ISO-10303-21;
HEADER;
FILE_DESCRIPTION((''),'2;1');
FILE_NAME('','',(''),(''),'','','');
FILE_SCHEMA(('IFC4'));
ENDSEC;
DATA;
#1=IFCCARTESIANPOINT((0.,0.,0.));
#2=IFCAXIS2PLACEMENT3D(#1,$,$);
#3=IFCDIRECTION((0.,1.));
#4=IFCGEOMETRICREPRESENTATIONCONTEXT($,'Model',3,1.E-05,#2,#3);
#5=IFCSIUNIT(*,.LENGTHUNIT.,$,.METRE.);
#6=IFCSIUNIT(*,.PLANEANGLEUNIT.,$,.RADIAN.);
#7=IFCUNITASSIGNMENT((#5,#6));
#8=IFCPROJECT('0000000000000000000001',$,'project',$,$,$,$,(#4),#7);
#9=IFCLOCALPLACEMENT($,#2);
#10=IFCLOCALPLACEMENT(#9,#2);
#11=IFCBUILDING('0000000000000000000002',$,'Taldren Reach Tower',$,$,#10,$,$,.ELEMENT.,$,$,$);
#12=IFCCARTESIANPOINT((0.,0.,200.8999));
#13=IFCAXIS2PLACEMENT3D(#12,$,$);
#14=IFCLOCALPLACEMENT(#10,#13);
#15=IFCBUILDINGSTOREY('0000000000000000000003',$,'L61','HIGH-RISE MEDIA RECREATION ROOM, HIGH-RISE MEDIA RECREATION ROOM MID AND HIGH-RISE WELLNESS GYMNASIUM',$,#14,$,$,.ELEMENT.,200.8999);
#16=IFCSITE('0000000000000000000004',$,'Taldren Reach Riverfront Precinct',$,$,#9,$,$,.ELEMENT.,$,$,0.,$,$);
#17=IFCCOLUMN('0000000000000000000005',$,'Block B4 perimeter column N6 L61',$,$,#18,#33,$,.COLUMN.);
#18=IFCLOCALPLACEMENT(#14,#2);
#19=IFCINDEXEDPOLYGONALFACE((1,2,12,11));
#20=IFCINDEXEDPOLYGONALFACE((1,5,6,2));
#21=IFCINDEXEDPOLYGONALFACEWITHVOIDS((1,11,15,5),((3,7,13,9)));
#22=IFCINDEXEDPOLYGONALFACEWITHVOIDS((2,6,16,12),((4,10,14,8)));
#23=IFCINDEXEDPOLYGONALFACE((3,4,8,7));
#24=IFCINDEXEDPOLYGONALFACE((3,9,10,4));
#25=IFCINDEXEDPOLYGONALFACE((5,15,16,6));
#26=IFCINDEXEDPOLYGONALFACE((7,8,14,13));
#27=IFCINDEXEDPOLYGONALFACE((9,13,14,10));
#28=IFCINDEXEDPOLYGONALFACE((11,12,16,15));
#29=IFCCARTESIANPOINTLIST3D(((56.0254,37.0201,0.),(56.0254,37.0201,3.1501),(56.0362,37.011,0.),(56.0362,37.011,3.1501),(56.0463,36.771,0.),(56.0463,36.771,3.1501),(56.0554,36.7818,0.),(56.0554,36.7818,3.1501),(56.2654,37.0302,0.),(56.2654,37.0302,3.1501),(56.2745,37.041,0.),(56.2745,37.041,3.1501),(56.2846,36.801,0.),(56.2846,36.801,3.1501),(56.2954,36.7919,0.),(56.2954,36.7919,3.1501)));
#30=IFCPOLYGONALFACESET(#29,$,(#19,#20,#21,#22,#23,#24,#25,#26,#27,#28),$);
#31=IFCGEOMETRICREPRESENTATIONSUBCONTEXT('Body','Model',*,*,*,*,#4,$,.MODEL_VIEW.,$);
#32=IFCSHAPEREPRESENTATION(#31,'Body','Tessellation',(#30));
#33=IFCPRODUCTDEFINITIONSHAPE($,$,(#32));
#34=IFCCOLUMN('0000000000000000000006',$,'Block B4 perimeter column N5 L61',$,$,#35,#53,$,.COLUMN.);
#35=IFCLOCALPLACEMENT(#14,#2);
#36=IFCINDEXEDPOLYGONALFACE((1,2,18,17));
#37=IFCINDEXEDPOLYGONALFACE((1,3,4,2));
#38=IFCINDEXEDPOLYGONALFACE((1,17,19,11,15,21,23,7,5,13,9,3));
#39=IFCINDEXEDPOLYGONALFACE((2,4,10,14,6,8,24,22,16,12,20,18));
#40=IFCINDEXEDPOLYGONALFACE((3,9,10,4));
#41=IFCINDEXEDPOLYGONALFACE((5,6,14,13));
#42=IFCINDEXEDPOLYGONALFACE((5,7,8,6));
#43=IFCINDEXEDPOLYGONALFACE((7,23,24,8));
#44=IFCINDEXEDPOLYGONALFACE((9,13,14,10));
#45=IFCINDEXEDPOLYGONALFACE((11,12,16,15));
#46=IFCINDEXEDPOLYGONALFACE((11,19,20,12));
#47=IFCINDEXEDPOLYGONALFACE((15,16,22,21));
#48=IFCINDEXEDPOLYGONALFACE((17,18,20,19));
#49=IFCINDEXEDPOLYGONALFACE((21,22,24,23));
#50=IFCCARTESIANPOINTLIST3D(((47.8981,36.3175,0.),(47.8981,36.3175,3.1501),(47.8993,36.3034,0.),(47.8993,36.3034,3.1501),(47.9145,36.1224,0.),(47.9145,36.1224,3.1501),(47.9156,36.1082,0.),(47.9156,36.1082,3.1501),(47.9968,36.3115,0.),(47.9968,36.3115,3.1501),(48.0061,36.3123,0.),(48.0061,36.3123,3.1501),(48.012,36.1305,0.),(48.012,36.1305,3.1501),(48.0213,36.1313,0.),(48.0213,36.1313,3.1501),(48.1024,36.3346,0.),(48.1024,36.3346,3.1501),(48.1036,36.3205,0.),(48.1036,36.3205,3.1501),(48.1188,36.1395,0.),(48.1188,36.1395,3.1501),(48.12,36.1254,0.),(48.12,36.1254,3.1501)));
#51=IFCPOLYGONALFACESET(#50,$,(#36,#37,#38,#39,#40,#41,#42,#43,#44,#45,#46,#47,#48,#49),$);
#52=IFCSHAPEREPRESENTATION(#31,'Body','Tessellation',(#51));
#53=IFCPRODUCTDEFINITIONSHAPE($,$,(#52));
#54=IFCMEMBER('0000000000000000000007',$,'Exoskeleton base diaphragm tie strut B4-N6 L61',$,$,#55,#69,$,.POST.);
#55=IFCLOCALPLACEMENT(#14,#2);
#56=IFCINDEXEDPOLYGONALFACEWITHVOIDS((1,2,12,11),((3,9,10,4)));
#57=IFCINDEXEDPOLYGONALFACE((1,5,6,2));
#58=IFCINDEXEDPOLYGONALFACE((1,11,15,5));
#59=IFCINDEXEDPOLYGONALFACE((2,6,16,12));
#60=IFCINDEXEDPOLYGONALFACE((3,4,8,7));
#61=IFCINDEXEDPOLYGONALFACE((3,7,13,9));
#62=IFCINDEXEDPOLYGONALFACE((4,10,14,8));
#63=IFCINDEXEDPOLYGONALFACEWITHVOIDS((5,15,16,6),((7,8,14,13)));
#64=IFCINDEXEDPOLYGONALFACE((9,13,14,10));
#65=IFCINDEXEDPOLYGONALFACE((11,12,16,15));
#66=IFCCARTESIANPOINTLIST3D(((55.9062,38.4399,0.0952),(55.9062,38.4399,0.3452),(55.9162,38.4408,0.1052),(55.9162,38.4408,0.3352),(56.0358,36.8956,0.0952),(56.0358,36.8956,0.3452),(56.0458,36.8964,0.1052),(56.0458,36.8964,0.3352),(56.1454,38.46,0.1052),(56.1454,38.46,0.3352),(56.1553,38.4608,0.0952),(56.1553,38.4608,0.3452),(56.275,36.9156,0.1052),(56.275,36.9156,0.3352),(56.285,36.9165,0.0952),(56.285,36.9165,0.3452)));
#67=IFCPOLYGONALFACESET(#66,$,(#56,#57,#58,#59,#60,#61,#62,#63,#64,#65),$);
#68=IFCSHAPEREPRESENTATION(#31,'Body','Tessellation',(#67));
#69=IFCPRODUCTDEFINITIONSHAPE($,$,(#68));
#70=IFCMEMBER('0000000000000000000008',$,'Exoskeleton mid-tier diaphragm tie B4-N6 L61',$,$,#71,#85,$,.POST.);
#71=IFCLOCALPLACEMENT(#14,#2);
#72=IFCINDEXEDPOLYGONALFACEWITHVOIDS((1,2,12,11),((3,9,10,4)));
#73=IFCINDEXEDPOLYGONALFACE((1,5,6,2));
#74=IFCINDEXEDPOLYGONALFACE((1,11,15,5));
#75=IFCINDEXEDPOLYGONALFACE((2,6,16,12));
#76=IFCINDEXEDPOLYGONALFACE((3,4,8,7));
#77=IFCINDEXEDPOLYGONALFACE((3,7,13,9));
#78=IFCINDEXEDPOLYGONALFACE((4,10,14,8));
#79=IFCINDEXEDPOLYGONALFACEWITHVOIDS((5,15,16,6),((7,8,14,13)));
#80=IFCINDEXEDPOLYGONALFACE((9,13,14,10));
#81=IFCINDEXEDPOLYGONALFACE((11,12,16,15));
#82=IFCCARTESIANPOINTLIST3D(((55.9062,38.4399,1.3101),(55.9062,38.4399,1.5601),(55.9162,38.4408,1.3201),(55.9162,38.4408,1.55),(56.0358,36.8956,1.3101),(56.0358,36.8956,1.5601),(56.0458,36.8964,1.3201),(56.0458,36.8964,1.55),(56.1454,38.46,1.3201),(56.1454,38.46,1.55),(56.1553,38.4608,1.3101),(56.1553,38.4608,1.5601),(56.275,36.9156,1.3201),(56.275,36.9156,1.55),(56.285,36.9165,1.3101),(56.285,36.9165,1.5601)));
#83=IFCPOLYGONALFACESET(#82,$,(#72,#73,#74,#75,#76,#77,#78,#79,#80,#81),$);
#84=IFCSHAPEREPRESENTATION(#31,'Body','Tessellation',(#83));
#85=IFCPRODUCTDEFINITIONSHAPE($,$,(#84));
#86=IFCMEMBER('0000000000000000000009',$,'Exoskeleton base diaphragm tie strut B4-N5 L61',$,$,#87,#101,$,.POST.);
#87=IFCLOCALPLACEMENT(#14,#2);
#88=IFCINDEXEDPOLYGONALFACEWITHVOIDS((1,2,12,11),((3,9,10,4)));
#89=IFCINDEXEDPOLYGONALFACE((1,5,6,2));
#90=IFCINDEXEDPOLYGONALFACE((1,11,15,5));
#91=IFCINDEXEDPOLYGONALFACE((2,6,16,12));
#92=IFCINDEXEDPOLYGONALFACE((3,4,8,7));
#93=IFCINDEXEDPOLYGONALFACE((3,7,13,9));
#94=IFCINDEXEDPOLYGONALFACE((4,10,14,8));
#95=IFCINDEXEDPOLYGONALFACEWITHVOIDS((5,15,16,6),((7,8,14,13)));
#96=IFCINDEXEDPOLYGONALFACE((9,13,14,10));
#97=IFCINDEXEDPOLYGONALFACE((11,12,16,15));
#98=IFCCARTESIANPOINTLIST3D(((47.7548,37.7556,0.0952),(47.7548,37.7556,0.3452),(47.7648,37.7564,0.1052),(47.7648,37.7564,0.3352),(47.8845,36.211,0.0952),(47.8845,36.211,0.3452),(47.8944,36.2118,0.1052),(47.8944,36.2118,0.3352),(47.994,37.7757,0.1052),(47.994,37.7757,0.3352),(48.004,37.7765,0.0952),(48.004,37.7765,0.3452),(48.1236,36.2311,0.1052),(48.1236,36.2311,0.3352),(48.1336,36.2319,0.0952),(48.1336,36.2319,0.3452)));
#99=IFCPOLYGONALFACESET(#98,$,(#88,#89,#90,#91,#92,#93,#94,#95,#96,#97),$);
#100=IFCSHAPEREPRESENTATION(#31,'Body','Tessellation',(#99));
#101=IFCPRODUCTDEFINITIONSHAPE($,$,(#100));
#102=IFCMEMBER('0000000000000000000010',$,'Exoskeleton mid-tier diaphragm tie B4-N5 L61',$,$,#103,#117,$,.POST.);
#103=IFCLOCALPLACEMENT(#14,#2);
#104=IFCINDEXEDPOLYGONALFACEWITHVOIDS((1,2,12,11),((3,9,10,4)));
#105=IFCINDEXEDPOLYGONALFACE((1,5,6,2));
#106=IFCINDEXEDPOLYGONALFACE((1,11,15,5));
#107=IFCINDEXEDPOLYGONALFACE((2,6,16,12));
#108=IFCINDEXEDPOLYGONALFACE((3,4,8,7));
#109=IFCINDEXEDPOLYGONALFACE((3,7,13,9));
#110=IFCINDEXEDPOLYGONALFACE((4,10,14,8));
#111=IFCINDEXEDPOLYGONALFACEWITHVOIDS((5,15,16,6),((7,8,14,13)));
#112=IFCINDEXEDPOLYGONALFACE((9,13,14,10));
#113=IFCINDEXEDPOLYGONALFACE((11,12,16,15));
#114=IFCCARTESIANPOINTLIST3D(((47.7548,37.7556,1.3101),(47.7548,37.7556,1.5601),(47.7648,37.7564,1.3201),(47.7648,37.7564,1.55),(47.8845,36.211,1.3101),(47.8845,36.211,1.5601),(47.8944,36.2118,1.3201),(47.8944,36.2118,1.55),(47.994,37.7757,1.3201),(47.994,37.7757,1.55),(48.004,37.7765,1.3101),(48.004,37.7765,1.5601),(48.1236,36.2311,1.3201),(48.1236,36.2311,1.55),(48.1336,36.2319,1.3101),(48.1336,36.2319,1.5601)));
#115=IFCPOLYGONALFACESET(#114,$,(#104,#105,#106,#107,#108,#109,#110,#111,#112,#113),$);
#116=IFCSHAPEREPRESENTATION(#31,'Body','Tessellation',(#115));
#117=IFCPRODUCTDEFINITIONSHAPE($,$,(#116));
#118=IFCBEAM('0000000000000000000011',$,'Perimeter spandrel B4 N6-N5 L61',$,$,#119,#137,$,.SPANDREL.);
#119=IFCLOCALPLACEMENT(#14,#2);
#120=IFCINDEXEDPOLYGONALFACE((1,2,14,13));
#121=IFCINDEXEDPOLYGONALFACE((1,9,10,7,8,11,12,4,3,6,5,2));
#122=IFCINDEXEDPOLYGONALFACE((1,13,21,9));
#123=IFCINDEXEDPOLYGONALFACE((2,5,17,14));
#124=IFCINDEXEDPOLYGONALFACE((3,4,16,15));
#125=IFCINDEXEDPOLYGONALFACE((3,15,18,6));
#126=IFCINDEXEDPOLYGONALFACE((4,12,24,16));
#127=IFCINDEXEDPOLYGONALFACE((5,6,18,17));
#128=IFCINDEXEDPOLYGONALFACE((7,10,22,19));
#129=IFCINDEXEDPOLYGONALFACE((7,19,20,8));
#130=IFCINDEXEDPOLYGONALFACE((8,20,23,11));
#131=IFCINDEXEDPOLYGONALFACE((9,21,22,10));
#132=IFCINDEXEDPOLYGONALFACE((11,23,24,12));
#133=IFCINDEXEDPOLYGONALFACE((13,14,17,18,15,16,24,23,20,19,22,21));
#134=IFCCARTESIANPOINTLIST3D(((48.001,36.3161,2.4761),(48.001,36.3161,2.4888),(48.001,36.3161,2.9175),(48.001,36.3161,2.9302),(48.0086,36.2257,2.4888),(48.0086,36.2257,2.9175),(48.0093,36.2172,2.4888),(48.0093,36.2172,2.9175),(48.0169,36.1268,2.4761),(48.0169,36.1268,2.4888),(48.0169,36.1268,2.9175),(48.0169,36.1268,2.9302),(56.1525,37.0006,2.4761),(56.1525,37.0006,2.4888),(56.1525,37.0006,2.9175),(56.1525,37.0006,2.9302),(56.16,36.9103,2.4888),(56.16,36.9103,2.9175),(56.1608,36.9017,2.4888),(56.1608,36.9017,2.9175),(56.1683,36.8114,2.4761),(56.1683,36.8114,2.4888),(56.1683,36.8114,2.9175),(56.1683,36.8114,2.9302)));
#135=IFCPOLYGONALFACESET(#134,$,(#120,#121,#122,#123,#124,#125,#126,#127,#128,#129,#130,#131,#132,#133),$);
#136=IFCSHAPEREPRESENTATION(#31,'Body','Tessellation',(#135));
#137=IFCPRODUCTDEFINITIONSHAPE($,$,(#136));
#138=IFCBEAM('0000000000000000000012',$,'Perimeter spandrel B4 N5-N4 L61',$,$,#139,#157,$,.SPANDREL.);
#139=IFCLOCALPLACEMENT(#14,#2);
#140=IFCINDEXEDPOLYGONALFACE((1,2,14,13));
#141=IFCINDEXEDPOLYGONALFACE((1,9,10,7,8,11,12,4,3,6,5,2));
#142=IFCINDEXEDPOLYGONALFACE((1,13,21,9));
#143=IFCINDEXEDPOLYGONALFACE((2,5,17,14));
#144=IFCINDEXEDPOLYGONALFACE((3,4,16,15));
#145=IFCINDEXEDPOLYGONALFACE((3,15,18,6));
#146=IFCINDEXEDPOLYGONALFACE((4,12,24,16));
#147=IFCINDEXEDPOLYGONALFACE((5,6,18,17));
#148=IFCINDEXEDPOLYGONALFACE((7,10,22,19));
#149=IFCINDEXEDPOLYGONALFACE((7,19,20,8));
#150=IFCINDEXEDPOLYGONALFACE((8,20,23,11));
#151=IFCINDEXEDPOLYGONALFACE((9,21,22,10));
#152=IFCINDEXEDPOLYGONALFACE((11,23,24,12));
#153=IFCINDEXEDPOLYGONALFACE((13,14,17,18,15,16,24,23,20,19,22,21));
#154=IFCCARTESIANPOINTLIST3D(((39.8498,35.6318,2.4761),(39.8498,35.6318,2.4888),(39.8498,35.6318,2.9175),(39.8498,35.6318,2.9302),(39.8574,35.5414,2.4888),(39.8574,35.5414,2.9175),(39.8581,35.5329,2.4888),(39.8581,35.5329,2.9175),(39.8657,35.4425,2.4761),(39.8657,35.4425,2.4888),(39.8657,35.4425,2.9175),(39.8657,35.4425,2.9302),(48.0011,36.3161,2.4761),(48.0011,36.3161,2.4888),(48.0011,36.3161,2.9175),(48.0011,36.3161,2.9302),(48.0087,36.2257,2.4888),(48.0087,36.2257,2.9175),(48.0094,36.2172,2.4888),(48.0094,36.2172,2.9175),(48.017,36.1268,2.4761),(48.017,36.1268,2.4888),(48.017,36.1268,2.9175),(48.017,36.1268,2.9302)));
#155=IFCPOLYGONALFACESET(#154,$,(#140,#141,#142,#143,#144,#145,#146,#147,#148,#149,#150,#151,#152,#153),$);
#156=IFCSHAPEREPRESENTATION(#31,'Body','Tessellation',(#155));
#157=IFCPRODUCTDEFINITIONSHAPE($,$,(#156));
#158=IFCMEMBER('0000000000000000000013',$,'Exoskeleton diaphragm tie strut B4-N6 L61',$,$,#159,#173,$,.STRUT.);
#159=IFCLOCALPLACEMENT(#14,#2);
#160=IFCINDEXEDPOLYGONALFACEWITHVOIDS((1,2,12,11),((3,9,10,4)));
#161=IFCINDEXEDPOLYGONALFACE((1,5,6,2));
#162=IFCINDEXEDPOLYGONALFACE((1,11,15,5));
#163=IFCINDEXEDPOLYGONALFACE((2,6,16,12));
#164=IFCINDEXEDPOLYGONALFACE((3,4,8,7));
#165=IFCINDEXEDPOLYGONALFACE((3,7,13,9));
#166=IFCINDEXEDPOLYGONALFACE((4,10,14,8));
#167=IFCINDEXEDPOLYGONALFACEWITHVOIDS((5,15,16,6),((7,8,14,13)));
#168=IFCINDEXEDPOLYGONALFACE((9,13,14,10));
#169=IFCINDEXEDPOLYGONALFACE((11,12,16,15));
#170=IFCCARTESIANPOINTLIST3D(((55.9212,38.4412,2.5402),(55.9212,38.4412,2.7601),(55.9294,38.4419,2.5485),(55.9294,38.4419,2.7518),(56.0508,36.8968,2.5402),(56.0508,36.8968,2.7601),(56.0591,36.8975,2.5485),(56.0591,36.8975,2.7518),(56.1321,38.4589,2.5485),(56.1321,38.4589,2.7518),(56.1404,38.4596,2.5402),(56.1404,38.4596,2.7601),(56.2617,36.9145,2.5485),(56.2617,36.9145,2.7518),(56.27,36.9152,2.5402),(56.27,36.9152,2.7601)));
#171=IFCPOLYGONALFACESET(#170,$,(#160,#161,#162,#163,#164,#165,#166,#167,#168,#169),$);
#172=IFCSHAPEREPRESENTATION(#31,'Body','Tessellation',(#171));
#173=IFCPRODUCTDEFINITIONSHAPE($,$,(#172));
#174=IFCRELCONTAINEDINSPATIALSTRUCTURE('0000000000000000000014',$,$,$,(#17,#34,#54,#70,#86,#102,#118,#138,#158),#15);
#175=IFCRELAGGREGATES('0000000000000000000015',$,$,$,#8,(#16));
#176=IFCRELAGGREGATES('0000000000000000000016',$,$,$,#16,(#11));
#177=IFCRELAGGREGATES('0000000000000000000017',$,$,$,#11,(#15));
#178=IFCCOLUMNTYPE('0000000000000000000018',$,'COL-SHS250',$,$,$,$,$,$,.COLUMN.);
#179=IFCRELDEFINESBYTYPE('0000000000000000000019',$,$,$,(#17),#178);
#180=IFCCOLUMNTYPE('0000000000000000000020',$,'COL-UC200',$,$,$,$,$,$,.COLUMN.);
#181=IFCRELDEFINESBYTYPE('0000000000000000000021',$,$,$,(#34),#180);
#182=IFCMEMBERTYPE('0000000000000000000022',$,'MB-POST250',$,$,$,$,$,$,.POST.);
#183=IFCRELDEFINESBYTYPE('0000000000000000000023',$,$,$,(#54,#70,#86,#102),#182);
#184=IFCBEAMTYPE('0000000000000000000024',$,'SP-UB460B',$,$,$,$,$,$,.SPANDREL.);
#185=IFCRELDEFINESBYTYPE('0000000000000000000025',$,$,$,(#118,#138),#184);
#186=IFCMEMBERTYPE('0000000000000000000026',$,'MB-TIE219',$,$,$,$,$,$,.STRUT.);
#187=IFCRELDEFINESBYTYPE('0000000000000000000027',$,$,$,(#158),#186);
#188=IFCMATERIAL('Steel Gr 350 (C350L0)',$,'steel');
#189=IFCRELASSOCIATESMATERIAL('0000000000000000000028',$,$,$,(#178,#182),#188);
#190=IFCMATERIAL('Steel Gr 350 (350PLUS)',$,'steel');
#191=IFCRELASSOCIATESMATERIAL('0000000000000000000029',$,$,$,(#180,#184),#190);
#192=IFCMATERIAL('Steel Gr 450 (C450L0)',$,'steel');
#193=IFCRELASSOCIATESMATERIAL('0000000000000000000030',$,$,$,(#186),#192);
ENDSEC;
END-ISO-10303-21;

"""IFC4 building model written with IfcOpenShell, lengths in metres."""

from ifc_helpers import new_model, si_unit, direction, frame, origin, origin_2d, place, context, subcontext, project, spatial, hollow_rectangle, i_section, extrude, source, transform, mapped, material, material_profile, profile_set, type_object, element, save


model = new_model("IFC4")

# Units and contexts
model_context = context("Model", 3, precision=1e-05, world=origin(), true_north=direction((0.0, 1.0)))
body_context = subcontext(model_context, "Body", "Model", "MODEL_VIEW")
ifc_project = project(units=[si_unit("LENGTHUNIT", "METRE"), si_unit("PLANEANGLEUNIT", "RADIAN")], contexts=[model_context])

# Site, building, storey
site_placement = place(None, origin())
site = spatial("IfcSite", under=ifc_project, at=site_placement, Name="Taldren Reach Riverfront Precinct", CompositionType="ELEMENT", RefElevation=0.0)
building_placement = place(site_placement, origin())
building = spatial("IfcBuilding", under=site, at=building_placement, Name="Taldren Reach Tower", CompositionType="ELEMENT")
storey_placement = place(building_placement, frame((0.0, 0.0, 200.8999)))
storey = spatial("IfcBuildingStorey", under=building, at=storey_placement, Name="L61", Description="HIGH-RISE MEDIA RECREATION ROOM, HIGH-RISE MEDIA RECREATION ROOM MID AND HIGH-RISE WELLNESS GYMNASIUM", CompositionType="ELEMENT", Elevation=200.8999)

# Columns
ifc_material_1 = material(Name="Steel Gr 350 (C350L0)", Category="steel")
ifc_material_profile_1 = material_profile(ifc_material_1, hollow_rectangle(XDim=0.25, YDim=0.25, WallThickness=0.01, at=origin_2d()), Name="250x250x10.0SHS")
ifc_profile_set_1 = profile_set([ifc_material_profile_1], Name="Steel Gr 350 (C350L0)")
column_type_1 = type_object("IfcColumnType", Name="COL-SHS250", PredefinedType="COLUMN", material=ifc_profile_set_1)
shared_shape_1 = source(origin(), body_context, "Body", "SweptSolid", [
    extrude(hollow_rectangle(XDim=0.25, YDim=0.25, WallThickness=0.01, at=origin_2d()), origin(), (0.0, 0.0, 1.0), 3.1501),
])
column_1_placement = place(storey_placement, frame((56.1604, 36.906, 0.0), z_axis=(0.0, 0.0, 1.0), x_axis=(0.996493, 0.083678, 0.0)))
element("IfcColumn", 1, at=column_1_placement, inside=storey, type_object=column_type_1, Name="Block B4 perimeter column N6 L61", PredefinedType="COLUMN", context=body_context, shape_type="MappedRepresentation", body=[
    mapped(shared_shape_1, transform((0.0, 0.0, 0.0), scale=1.0)),
])
ifc_material_2 = material(Name="Steel Gr 350 (350PLUS)", Category="steel")
ifc_material_profile_2 = material_profile(ifc_material_2, i_section(OverallWidth=0.2051, OverallDepth=0.21, WebThickness=0.0093, FlangeThickness=0.0142, at=origin_2d()), Name="200UC59.5")
ifc_profile_set_2 = profile_set([ifc_material_profile_2], Name="Steel Gr 350 (350PLUS)")
column_type_2 = type_object("IfcColumnType", Name="COL-UC200", PredefinedType="COLUMN", material=ifc_profile_set_2)
shared_shape_2 = source(origin(), body_context, "Body", "SweptSolid", [
    extrude(i_section(OverallWidth=0.2051, OverallDepth=0.21, WebThickness=0.0093, FlangeThickness=0.0142, at=origin_2d()), origin(), (0.0, 0.0, 1.0), 3.1501),
])
column_2_placement = place(storey_placement, frame((48.009, 36.2214, 0.0), z_axis=(0.0, 0.0, 1.0), x_axis=(0.996493, 0.083678, 0.0)))
element("IfcColumn", 2, at=column_2_placement, inside=storey, type_object=column_type_2, Name="Block B4 perimeter column N5 L61", PredefinedType="COLUMN", context=body_context, shape_type="MappedRepresentation", body=[
    mapped(shared_shape_2, transform((0.0, 0.0, 0.0), scale=1.0)),
])

# Members
ifc_material_profile_3 = material_profile(ifc_material_1, hollow_rectangle(XDim=0.25, YDim=0.25, WallThickness=0.01, at=origin_2d()), Name="250x250x10.0SHS")
ifc_profile_set_3 = profile_set([ifc_material_profile_3], Name="Steel Gr 350 (C350L0)")
member_type_1 = type_object("IfcMemberType", Name="MB-POST250", PredefinedType="POST", material=ifc_profile_set_3)
shared_shape_3 = source(origin(), body_context, "Body", "SweptSolid", [
    extrude(hollow_rectangle(XDim=0.25, YDim=0.25, WallThickness=0.01, at=origin_2d()), origin(), (0.0, 0.0, 1.0), 1.5498),
])
for number, where, z_axis, x_axis, name in (
    (3, (56.1604, 36.906, 0.2202), (-0.083645, 0.996496, 0.0), (-0.996496, -0.083645, 0.0), "Exoskeleton base diaphragm tie strut B4-N6 L61"),
    (4, (56.1604, 36.906, 1.4351), (-0.083645, 0.996496, 0.0), (-0.996496, -0.083645, 0.0), "Exoskeleton mid-tier diaphragm tie B4-N6 L61"),
):
    element("IfcMember", number, at=place(storey_placement, frame(where, z_axis=z_axis, x_axis=x_axis)), inside=storey, type_object=member_type_1, Name=name, PredefinedType="POST", context=body_context, shape_type="MappedRepresentation", body=[
        mapped(shared_shape_3, transform((0.0, 0.0, 0.0), scale=1.0)),
    ])
shared_shape_4 = source(origin(), body_context, "Body", "SweptSolid", [
    extrude(hollow_rectangle(XDim=0.25, YDim=0.25, WallThickness=0.01, at=origin_2d()), origin(), (0.0, 0.0, 1.0), 1.55),
])
for number, where, z_axis, x_axis, name in (
    (5, (48.009, 36.2214, 0.2202), (-0.083632, 0.996497, 0.0), (-0.996497, -0.083632, 0.0), "Exoskeleton base diaphragm tie strut B4-N5 L61"),
    (6, (48.009, 36.2214, 1.4351), (-0.083632, 0.996497, 0.0), (-0.996497, -0.083632, 0.0), "Exoskeleton mid-tier diaphragm tie B4-N5 L61"),
):
    element("IfcMember", number, at=place(storey_placement, frame(where, z_axis=z_axis, x_axis=x_axis)), inside=storey, type_object=member_type_1, Name=name, PredefinedType="POST", context=body_context, shape_type="MappedRepresentation", body=[
        mapped(shared_shape_4, transform((0.0, 0.0, 0.0), scale=1.0)),
    ])

# Beams
ifc_material_profile_4 = material_profile(ifc_material_2, i_section(OverallWidth=0.1899, OverallDepth=0.4541, WebThickness=0.0085, FlangeThickness=0.0127, at=origin_2d()), Name="460UB67.1")
ifc_profile_set_4 = profile_set([ifc_material_profile_4], Name="Steel Gr 350 (350PLUS)")
beam_type = type_object("IfcBeamType", Name="SP-UB460B", PredefinedType="SPANDREL", material=ifc_profile_set_4)
shared_shape_5 = source(origin(), body_context, "Body", "SweptSolid", [
    extrude(i_section(OverallWidth=0.1899, OverallDepth=0.4541, WebThickness=0.0085, FlangeThickness=0.0127, at=origin_2d()), origin(), (0.0, 0.0, 1.0), 8.1802),
])
beam_1_placement = place(storey_placement, frame((56.1604, 36.906, 2.7031), z_axis=(-0.996492, -0.083688, 0.0), x_axis=(0.083688, -0.996492, 0.0)))
element("IfcBeam", 7, at=beam_1_placement, inside=storey, type_object=beam_type, Name="Perimeter spandrel B4 N6-N5 L61", PredefinedType="SPANDREL", context=body_context, shape_type="MappedRepresentation", body=[
    mapped(shared_shape_5, transform((0.0, 0.0, 0.0), scale=1.0)),
])
shared_shape_6 = source(origin(), body_context, "Body", "SweptSolid", [
    extrude(i_section(OverallWidth=0.1899, OverallDepth=0.4541, WebThickness=0.0085, FlangeThickness=0.0127, at=origin_2d()), origin(), (0.0, 0.0, 1.0), 8.1799),
])
beam_2_placement = place(storey_placement, frame((48.009, 36.2214, 2.7031), z_axis=(-0.996495, -0.083658, 0.0), x_axis=(0.083658, -0.996495, 0.0)))
element("IfcBeam", 8, at=beam_2_placement, inside=storey, type_object=beam_type, Name="Perimeter spandrel B4 N5-N4 L61", PredefinedType="SPANDREL", context=body_context, shape_type="MappedRepresentation", body=[
    mapped(shared_shape_6, transform((0.0, 0.0, 0.0), scale=1.0)),
])

# Member
ifc_material_3 = material(Name="Steel Gr 450 (C450L0)", Category="steel")
ifc_material_profile_5 = material_profile(ifc_material_3, hollow_rectangle(XDim=0.22, YDim=0.22, WallThickness=0.0083, at=origin_2d()), Name="220x220x8.2SHS")
ifc_profile_set_5 = profile_set([ifc_material_profile_5], Name="Steel Gr 450 (C450L0)")
member_type_2 = type_object("IfcMemberType", Name="MB-TIE219", PredefinedType="STRUT", material=ifc_profile_set_5)
shared_shape_7 = source(origin(), body_context, "Body", "SweptSolid", [
    extrude(hollow_rectangle(XDim=0.22, YDim=0.22, WallThickness=0.0083, at=origin_2d()), origin(), (0.0, 0.0, 1.0), 1.5498),
])
member_1_placement = place(storey_placement, frame((56.1604, 36.906, 2.6501), z_axis=(-0.083645, 0.996496, 0.0), x_axis=(-0.996496, -0.083645, 0.0)))
element("IfcMember", 9, at=member_1_placement, inside=storey, type_object=member_type_2, Name="Exoskeleton diaphragm tie strut B4-N6 L61", PredefinedType="STRUT", context=body_context, shape_type="MappedRepresentation", body=[
    mapped(shared_shape_7, transform((0.0, 0.0, 0.0), scale=1.0)),
])

save(model, "model.ifc")
